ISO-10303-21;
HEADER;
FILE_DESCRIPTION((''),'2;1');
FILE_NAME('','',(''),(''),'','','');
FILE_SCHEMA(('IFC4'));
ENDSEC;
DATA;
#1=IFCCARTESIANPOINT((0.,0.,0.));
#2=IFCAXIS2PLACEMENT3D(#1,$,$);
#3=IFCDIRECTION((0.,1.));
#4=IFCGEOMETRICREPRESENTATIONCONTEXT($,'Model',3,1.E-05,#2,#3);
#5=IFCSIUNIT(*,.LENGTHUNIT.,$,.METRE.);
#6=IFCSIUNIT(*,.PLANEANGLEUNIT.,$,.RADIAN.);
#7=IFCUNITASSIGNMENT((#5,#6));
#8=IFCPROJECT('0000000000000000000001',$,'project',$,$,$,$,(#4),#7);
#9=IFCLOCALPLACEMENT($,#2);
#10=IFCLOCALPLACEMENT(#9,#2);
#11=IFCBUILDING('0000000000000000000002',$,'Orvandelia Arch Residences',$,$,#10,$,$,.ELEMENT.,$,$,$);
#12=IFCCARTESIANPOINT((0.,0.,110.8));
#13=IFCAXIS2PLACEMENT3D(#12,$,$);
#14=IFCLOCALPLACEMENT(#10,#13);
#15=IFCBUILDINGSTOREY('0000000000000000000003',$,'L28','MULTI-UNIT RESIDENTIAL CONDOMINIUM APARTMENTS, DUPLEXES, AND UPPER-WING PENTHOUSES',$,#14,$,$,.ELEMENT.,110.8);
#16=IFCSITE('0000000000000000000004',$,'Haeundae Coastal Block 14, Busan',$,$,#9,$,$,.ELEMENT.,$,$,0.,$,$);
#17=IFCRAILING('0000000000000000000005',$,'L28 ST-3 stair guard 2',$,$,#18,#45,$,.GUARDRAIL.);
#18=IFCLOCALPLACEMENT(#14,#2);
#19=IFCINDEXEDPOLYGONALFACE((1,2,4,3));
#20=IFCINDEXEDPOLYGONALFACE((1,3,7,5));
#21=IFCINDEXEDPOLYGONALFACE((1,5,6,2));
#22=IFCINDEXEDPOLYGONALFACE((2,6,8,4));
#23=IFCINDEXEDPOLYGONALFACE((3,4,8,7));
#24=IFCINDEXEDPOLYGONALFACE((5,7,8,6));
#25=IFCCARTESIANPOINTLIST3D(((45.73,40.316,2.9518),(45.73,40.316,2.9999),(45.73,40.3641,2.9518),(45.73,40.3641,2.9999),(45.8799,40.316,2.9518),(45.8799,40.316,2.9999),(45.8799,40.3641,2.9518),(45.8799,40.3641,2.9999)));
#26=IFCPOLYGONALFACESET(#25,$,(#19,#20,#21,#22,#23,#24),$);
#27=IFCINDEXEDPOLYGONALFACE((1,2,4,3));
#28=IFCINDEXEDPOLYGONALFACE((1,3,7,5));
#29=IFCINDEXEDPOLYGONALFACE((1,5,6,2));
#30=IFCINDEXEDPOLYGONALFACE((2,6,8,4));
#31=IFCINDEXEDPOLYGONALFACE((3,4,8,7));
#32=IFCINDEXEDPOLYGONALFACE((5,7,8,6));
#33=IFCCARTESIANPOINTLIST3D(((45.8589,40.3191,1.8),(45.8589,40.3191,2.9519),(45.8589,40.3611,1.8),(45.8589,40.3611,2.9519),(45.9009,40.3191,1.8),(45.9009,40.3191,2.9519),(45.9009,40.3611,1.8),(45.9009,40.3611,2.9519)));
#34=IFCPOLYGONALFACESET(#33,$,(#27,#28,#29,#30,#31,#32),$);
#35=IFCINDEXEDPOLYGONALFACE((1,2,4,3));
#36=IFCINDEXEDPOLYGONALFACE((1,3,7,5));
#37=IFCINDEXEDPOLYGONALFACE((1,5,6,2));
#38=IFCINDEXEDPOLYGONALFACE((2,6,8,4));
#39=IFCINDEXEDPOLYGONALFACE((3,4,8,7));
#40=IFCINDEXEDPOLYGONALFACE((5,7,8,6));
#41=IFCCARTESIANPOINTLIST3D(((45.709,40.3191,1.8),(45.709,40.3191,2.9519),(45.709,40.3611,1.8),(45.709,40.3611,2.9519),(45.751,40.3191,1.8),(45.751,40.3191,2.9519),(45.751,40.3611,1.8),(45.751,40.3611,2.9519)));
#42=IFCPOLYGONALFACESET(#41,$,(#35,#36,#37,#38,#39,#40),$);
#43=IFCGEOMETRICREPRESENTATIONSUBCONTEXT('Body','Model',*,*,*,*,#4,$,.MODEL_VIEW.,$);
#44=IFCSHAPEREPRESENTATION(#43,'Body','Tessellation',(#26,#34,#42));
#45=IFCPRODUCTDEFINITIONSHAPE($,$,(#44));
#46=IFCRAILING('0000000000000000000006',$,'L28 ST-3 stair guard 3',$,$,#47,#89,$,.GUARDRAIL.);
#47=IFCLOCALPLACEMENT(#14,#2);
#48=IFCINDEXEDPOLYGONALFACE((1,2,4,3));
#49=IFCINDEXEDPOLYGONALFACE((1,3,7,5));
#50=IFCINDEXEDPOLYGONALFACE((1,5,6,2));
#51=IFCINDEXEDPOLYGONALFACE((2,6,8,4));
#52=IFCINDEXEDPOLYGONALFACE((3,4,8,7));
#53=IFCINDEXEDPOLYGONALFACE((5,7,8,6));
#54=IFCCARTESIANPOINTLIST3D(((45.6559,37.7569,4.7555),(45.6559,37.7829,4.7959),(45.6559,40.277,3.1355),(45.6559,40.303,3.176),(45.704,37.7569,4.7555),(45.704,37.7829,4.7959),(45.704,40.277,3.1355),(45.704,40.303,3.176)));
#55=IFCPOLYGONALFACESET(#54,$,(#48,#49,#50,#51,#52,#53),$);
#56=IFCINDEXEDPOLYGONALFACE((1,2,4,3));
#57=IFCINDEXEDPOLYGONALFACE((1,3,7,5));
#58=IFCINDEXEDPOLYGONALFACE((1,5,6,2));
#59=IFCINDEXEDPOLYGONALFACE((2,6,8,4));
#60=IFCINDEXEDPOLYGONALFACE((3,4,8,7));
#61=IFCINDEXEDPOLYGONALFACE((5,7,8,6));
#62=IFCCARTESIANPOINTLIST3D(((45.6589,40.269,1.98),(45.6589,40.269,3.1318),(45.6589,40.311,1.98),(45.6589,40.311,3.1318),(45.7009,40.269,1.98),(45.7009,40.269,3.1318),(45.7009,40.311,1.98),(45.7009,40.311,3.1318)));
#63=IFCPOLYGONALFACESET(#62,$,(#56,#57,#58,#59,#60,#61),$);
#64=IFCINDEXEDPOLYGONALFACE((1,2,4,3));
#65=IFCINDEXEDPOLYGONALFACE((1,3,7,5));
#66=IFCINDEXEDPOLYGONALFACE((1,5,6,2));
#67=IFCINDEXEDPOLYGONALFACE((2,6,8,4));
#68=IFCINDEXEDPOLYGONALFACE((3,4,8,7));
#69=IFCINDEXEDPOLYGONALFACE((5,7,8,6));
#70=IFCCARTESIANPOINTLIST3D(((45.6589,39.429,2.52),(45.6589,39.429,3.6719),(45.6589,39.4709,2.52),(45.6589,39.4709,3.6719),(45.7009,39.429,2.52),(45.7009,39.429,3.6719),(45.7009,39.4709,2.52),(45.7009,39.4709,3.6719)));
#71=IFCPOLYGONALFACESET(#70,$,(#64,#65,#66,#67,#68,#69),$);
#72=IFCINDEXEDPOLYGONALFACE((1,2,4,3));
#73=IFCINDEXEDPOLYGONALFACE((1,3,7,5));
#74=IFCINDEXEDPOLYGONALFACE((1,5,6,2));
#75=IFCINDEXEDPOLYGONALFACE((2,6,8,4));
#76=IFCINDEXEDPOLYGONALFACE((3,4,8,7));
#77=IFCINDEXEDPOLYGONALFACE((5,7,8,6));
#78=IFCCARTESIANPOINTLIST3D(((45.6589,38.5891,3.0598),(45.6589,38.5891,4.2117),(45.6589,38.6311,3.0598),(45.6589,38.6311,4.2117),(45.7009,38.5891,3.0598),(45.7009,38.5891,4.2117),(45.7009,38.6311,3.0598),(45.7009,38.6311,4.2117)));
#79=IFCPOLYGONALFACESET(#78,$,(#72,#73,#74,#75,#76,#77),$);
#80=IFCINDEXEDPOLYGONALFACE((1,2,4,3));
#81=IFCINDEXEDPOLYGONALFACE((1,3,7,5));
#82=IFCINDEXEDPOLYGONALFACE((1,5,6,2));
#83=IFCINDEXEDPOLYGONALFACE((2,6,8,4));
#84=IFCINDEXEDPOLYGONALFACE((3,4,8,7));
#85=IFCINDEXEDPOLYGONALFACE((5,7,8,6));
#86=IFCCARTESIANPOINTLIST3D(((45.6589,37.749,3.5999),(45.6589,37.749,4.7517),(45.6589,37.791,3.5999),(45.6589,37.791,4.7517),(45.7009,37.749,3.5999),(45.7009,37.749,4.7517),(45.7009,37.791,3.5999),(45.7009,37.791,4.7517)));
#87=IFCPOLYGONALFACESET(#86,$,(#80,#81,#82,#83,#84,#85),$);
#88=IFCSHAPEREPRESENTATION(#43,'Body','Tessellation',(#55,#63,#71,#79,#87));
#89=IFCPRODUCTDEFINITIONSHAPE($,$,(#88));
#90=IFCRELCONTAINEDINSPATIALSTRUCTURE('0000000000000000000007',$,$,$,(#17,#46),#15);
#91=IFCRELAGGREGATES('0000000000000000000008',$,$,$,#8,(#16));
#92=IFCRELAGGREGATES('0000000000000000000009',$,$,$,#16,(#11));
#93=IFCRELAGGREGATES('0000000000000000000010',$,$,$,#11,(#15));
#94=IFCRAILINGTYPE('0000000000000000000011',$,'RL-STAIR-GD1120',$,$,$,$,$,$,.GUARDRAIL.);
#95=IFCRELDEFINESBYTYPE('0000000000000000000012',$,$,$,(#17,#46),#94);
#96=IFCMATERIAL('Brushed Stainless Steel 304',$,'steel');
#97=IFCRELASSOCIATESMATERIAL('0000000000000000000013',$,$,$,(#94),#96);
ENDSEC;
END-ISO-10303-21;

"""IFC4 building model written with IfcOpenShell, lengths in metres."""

from ifc_helpers import new_model, si_unit, direction, frame, origin, origin_2d, place, context, subcontext, project, spatial, rectangle, extrude, material, type_object, element, save


model = new_model("IFC4")

# Units and contexts
model_context = context("Model", 3, precision=1e-05, world=origin(), true_north=direction((0.0, 1.0)))
body_context = subcontext(model_context, "Body", "Model", "MODEL_VIEW")
ifc_project = project(units=[si_unit("LENGTHUNIT", "METRE"), si_unit("PLANEANGLEUNIT", "RADIAN")], contexts=[model_context])

# Site, building, storey
site_placement = place(None, origin())
site = spatial("IfcSite", under=ifc_project, at=site_placement, Name="Haeundae Coastal Block 14, Busan", CompositionType="ELEMENT", RefElevation=0.0)
building_placement = place(site_placement, origin())
building = spatial("IfcBuilding", under=site, at=building_placement, Name="Orvandelia Arch Residences", CompositionType="ELEMENT")
storey_placement = place(building_placement, frame((0.0, 0.0, 110.8)))
storey = spatial("IfcBuildingStorey", under=building, at=storey_placement, Name="L28", Description="MULTI-UNIT RESIDENTIAL CONDOMINIUM APARTMENTS, DUPLEXES, AND UPPER-WING PENTHOUSES", CompositionType="ELEMENT", Elevation=110.8)

# Railings
ifc_material_1 = material(Name="Brushed Stainless Steel 304", Category="steel")
railing_type = type_object("IfcRailingType", Name="RL-STAIR-GD1120", PredefinedType="GUARDRAIL", material=ifc_material_1)
railing_1_placement = place(storey_placement, frame((45.8799, 40.3401, 1.8)))
element("IfcRailing", 1, at=railing_1_placement, inside=storey, type_object=railing_type, Name="L28 ST-3 stair guard 2", PredefinedType="GUARDRAIL", context=body_context, shape_type="SweptSolid", body=[
    extrude(rectangle(XDim=0.0481, YDim=0.0481, at=origin_2d()), frame((0.0, 0.0, 1.1758), z_axis=(-1.0, 0.0, 0.0), x_axis=(0.0, -1.0, 0.0)), (0.0, 0.0, 1.0), 0.1499),
    extrude(rectangle(XDim=0.042, YDim=0.042, at=origin_2d()), origin(), (0.0, 0.0, 1.0), 1.1519),
    extrude(rectangle(XDim=0.042, YDim=0.042, at=origin_2d()), frame((-0.1499, 0.0, 0.0)), (0.0, 0.0, 1.0), 1.1519),
])
railing_2_placement = place(storey_placement, frame((45.6799, 40.29, 1.98)))
element("IfcRailing", 2, at=railing_2_placement, inside=storey, type_object=railing_type, Name="L28 ST-3 stair guard 3", PredefinedType="GUARDRAIL", context=body_context, shape_type="SweptSolid", body=[
    extrude(rectangle(XDim=0.0481, YDim=0.0481, at=origin_2d()), frame((0.0, 0.0, 1.1758), z_axis=(0.0, -0.8412, 0.540725), x_axis=(1.0, 0.0, 0.0)), (0.0, 0.0, 1.0), 2.9958),
    extrude(rectangle(XDim=0.042, YDim=0.042, at=origin_2d()), origin(), (0.0, 0.0, 1.0), 1.1519),
    extrude(rectangle(XDim=0.042, YDim=0.042, at=origin_2d()), frame((0.0, -0.8401, 0.54)), (0.0, 0.0, 1.0), 1.1519),
    extrude(rectangle(XDim=0.042, YDim=0.042, at=origin_2d()), frame((0.0, -1.6799, 1.0798)), (0.0, 0.0, 1.0), 1.1519),
    extrude(rectangle(XDim=0.042, YDim=0.042, at=origin_2d()), frame((0.0, -2.52, 1.6199)), (0.0, 0.0, 1.0), 1.1519),
])

save(model, "model.ifc")
